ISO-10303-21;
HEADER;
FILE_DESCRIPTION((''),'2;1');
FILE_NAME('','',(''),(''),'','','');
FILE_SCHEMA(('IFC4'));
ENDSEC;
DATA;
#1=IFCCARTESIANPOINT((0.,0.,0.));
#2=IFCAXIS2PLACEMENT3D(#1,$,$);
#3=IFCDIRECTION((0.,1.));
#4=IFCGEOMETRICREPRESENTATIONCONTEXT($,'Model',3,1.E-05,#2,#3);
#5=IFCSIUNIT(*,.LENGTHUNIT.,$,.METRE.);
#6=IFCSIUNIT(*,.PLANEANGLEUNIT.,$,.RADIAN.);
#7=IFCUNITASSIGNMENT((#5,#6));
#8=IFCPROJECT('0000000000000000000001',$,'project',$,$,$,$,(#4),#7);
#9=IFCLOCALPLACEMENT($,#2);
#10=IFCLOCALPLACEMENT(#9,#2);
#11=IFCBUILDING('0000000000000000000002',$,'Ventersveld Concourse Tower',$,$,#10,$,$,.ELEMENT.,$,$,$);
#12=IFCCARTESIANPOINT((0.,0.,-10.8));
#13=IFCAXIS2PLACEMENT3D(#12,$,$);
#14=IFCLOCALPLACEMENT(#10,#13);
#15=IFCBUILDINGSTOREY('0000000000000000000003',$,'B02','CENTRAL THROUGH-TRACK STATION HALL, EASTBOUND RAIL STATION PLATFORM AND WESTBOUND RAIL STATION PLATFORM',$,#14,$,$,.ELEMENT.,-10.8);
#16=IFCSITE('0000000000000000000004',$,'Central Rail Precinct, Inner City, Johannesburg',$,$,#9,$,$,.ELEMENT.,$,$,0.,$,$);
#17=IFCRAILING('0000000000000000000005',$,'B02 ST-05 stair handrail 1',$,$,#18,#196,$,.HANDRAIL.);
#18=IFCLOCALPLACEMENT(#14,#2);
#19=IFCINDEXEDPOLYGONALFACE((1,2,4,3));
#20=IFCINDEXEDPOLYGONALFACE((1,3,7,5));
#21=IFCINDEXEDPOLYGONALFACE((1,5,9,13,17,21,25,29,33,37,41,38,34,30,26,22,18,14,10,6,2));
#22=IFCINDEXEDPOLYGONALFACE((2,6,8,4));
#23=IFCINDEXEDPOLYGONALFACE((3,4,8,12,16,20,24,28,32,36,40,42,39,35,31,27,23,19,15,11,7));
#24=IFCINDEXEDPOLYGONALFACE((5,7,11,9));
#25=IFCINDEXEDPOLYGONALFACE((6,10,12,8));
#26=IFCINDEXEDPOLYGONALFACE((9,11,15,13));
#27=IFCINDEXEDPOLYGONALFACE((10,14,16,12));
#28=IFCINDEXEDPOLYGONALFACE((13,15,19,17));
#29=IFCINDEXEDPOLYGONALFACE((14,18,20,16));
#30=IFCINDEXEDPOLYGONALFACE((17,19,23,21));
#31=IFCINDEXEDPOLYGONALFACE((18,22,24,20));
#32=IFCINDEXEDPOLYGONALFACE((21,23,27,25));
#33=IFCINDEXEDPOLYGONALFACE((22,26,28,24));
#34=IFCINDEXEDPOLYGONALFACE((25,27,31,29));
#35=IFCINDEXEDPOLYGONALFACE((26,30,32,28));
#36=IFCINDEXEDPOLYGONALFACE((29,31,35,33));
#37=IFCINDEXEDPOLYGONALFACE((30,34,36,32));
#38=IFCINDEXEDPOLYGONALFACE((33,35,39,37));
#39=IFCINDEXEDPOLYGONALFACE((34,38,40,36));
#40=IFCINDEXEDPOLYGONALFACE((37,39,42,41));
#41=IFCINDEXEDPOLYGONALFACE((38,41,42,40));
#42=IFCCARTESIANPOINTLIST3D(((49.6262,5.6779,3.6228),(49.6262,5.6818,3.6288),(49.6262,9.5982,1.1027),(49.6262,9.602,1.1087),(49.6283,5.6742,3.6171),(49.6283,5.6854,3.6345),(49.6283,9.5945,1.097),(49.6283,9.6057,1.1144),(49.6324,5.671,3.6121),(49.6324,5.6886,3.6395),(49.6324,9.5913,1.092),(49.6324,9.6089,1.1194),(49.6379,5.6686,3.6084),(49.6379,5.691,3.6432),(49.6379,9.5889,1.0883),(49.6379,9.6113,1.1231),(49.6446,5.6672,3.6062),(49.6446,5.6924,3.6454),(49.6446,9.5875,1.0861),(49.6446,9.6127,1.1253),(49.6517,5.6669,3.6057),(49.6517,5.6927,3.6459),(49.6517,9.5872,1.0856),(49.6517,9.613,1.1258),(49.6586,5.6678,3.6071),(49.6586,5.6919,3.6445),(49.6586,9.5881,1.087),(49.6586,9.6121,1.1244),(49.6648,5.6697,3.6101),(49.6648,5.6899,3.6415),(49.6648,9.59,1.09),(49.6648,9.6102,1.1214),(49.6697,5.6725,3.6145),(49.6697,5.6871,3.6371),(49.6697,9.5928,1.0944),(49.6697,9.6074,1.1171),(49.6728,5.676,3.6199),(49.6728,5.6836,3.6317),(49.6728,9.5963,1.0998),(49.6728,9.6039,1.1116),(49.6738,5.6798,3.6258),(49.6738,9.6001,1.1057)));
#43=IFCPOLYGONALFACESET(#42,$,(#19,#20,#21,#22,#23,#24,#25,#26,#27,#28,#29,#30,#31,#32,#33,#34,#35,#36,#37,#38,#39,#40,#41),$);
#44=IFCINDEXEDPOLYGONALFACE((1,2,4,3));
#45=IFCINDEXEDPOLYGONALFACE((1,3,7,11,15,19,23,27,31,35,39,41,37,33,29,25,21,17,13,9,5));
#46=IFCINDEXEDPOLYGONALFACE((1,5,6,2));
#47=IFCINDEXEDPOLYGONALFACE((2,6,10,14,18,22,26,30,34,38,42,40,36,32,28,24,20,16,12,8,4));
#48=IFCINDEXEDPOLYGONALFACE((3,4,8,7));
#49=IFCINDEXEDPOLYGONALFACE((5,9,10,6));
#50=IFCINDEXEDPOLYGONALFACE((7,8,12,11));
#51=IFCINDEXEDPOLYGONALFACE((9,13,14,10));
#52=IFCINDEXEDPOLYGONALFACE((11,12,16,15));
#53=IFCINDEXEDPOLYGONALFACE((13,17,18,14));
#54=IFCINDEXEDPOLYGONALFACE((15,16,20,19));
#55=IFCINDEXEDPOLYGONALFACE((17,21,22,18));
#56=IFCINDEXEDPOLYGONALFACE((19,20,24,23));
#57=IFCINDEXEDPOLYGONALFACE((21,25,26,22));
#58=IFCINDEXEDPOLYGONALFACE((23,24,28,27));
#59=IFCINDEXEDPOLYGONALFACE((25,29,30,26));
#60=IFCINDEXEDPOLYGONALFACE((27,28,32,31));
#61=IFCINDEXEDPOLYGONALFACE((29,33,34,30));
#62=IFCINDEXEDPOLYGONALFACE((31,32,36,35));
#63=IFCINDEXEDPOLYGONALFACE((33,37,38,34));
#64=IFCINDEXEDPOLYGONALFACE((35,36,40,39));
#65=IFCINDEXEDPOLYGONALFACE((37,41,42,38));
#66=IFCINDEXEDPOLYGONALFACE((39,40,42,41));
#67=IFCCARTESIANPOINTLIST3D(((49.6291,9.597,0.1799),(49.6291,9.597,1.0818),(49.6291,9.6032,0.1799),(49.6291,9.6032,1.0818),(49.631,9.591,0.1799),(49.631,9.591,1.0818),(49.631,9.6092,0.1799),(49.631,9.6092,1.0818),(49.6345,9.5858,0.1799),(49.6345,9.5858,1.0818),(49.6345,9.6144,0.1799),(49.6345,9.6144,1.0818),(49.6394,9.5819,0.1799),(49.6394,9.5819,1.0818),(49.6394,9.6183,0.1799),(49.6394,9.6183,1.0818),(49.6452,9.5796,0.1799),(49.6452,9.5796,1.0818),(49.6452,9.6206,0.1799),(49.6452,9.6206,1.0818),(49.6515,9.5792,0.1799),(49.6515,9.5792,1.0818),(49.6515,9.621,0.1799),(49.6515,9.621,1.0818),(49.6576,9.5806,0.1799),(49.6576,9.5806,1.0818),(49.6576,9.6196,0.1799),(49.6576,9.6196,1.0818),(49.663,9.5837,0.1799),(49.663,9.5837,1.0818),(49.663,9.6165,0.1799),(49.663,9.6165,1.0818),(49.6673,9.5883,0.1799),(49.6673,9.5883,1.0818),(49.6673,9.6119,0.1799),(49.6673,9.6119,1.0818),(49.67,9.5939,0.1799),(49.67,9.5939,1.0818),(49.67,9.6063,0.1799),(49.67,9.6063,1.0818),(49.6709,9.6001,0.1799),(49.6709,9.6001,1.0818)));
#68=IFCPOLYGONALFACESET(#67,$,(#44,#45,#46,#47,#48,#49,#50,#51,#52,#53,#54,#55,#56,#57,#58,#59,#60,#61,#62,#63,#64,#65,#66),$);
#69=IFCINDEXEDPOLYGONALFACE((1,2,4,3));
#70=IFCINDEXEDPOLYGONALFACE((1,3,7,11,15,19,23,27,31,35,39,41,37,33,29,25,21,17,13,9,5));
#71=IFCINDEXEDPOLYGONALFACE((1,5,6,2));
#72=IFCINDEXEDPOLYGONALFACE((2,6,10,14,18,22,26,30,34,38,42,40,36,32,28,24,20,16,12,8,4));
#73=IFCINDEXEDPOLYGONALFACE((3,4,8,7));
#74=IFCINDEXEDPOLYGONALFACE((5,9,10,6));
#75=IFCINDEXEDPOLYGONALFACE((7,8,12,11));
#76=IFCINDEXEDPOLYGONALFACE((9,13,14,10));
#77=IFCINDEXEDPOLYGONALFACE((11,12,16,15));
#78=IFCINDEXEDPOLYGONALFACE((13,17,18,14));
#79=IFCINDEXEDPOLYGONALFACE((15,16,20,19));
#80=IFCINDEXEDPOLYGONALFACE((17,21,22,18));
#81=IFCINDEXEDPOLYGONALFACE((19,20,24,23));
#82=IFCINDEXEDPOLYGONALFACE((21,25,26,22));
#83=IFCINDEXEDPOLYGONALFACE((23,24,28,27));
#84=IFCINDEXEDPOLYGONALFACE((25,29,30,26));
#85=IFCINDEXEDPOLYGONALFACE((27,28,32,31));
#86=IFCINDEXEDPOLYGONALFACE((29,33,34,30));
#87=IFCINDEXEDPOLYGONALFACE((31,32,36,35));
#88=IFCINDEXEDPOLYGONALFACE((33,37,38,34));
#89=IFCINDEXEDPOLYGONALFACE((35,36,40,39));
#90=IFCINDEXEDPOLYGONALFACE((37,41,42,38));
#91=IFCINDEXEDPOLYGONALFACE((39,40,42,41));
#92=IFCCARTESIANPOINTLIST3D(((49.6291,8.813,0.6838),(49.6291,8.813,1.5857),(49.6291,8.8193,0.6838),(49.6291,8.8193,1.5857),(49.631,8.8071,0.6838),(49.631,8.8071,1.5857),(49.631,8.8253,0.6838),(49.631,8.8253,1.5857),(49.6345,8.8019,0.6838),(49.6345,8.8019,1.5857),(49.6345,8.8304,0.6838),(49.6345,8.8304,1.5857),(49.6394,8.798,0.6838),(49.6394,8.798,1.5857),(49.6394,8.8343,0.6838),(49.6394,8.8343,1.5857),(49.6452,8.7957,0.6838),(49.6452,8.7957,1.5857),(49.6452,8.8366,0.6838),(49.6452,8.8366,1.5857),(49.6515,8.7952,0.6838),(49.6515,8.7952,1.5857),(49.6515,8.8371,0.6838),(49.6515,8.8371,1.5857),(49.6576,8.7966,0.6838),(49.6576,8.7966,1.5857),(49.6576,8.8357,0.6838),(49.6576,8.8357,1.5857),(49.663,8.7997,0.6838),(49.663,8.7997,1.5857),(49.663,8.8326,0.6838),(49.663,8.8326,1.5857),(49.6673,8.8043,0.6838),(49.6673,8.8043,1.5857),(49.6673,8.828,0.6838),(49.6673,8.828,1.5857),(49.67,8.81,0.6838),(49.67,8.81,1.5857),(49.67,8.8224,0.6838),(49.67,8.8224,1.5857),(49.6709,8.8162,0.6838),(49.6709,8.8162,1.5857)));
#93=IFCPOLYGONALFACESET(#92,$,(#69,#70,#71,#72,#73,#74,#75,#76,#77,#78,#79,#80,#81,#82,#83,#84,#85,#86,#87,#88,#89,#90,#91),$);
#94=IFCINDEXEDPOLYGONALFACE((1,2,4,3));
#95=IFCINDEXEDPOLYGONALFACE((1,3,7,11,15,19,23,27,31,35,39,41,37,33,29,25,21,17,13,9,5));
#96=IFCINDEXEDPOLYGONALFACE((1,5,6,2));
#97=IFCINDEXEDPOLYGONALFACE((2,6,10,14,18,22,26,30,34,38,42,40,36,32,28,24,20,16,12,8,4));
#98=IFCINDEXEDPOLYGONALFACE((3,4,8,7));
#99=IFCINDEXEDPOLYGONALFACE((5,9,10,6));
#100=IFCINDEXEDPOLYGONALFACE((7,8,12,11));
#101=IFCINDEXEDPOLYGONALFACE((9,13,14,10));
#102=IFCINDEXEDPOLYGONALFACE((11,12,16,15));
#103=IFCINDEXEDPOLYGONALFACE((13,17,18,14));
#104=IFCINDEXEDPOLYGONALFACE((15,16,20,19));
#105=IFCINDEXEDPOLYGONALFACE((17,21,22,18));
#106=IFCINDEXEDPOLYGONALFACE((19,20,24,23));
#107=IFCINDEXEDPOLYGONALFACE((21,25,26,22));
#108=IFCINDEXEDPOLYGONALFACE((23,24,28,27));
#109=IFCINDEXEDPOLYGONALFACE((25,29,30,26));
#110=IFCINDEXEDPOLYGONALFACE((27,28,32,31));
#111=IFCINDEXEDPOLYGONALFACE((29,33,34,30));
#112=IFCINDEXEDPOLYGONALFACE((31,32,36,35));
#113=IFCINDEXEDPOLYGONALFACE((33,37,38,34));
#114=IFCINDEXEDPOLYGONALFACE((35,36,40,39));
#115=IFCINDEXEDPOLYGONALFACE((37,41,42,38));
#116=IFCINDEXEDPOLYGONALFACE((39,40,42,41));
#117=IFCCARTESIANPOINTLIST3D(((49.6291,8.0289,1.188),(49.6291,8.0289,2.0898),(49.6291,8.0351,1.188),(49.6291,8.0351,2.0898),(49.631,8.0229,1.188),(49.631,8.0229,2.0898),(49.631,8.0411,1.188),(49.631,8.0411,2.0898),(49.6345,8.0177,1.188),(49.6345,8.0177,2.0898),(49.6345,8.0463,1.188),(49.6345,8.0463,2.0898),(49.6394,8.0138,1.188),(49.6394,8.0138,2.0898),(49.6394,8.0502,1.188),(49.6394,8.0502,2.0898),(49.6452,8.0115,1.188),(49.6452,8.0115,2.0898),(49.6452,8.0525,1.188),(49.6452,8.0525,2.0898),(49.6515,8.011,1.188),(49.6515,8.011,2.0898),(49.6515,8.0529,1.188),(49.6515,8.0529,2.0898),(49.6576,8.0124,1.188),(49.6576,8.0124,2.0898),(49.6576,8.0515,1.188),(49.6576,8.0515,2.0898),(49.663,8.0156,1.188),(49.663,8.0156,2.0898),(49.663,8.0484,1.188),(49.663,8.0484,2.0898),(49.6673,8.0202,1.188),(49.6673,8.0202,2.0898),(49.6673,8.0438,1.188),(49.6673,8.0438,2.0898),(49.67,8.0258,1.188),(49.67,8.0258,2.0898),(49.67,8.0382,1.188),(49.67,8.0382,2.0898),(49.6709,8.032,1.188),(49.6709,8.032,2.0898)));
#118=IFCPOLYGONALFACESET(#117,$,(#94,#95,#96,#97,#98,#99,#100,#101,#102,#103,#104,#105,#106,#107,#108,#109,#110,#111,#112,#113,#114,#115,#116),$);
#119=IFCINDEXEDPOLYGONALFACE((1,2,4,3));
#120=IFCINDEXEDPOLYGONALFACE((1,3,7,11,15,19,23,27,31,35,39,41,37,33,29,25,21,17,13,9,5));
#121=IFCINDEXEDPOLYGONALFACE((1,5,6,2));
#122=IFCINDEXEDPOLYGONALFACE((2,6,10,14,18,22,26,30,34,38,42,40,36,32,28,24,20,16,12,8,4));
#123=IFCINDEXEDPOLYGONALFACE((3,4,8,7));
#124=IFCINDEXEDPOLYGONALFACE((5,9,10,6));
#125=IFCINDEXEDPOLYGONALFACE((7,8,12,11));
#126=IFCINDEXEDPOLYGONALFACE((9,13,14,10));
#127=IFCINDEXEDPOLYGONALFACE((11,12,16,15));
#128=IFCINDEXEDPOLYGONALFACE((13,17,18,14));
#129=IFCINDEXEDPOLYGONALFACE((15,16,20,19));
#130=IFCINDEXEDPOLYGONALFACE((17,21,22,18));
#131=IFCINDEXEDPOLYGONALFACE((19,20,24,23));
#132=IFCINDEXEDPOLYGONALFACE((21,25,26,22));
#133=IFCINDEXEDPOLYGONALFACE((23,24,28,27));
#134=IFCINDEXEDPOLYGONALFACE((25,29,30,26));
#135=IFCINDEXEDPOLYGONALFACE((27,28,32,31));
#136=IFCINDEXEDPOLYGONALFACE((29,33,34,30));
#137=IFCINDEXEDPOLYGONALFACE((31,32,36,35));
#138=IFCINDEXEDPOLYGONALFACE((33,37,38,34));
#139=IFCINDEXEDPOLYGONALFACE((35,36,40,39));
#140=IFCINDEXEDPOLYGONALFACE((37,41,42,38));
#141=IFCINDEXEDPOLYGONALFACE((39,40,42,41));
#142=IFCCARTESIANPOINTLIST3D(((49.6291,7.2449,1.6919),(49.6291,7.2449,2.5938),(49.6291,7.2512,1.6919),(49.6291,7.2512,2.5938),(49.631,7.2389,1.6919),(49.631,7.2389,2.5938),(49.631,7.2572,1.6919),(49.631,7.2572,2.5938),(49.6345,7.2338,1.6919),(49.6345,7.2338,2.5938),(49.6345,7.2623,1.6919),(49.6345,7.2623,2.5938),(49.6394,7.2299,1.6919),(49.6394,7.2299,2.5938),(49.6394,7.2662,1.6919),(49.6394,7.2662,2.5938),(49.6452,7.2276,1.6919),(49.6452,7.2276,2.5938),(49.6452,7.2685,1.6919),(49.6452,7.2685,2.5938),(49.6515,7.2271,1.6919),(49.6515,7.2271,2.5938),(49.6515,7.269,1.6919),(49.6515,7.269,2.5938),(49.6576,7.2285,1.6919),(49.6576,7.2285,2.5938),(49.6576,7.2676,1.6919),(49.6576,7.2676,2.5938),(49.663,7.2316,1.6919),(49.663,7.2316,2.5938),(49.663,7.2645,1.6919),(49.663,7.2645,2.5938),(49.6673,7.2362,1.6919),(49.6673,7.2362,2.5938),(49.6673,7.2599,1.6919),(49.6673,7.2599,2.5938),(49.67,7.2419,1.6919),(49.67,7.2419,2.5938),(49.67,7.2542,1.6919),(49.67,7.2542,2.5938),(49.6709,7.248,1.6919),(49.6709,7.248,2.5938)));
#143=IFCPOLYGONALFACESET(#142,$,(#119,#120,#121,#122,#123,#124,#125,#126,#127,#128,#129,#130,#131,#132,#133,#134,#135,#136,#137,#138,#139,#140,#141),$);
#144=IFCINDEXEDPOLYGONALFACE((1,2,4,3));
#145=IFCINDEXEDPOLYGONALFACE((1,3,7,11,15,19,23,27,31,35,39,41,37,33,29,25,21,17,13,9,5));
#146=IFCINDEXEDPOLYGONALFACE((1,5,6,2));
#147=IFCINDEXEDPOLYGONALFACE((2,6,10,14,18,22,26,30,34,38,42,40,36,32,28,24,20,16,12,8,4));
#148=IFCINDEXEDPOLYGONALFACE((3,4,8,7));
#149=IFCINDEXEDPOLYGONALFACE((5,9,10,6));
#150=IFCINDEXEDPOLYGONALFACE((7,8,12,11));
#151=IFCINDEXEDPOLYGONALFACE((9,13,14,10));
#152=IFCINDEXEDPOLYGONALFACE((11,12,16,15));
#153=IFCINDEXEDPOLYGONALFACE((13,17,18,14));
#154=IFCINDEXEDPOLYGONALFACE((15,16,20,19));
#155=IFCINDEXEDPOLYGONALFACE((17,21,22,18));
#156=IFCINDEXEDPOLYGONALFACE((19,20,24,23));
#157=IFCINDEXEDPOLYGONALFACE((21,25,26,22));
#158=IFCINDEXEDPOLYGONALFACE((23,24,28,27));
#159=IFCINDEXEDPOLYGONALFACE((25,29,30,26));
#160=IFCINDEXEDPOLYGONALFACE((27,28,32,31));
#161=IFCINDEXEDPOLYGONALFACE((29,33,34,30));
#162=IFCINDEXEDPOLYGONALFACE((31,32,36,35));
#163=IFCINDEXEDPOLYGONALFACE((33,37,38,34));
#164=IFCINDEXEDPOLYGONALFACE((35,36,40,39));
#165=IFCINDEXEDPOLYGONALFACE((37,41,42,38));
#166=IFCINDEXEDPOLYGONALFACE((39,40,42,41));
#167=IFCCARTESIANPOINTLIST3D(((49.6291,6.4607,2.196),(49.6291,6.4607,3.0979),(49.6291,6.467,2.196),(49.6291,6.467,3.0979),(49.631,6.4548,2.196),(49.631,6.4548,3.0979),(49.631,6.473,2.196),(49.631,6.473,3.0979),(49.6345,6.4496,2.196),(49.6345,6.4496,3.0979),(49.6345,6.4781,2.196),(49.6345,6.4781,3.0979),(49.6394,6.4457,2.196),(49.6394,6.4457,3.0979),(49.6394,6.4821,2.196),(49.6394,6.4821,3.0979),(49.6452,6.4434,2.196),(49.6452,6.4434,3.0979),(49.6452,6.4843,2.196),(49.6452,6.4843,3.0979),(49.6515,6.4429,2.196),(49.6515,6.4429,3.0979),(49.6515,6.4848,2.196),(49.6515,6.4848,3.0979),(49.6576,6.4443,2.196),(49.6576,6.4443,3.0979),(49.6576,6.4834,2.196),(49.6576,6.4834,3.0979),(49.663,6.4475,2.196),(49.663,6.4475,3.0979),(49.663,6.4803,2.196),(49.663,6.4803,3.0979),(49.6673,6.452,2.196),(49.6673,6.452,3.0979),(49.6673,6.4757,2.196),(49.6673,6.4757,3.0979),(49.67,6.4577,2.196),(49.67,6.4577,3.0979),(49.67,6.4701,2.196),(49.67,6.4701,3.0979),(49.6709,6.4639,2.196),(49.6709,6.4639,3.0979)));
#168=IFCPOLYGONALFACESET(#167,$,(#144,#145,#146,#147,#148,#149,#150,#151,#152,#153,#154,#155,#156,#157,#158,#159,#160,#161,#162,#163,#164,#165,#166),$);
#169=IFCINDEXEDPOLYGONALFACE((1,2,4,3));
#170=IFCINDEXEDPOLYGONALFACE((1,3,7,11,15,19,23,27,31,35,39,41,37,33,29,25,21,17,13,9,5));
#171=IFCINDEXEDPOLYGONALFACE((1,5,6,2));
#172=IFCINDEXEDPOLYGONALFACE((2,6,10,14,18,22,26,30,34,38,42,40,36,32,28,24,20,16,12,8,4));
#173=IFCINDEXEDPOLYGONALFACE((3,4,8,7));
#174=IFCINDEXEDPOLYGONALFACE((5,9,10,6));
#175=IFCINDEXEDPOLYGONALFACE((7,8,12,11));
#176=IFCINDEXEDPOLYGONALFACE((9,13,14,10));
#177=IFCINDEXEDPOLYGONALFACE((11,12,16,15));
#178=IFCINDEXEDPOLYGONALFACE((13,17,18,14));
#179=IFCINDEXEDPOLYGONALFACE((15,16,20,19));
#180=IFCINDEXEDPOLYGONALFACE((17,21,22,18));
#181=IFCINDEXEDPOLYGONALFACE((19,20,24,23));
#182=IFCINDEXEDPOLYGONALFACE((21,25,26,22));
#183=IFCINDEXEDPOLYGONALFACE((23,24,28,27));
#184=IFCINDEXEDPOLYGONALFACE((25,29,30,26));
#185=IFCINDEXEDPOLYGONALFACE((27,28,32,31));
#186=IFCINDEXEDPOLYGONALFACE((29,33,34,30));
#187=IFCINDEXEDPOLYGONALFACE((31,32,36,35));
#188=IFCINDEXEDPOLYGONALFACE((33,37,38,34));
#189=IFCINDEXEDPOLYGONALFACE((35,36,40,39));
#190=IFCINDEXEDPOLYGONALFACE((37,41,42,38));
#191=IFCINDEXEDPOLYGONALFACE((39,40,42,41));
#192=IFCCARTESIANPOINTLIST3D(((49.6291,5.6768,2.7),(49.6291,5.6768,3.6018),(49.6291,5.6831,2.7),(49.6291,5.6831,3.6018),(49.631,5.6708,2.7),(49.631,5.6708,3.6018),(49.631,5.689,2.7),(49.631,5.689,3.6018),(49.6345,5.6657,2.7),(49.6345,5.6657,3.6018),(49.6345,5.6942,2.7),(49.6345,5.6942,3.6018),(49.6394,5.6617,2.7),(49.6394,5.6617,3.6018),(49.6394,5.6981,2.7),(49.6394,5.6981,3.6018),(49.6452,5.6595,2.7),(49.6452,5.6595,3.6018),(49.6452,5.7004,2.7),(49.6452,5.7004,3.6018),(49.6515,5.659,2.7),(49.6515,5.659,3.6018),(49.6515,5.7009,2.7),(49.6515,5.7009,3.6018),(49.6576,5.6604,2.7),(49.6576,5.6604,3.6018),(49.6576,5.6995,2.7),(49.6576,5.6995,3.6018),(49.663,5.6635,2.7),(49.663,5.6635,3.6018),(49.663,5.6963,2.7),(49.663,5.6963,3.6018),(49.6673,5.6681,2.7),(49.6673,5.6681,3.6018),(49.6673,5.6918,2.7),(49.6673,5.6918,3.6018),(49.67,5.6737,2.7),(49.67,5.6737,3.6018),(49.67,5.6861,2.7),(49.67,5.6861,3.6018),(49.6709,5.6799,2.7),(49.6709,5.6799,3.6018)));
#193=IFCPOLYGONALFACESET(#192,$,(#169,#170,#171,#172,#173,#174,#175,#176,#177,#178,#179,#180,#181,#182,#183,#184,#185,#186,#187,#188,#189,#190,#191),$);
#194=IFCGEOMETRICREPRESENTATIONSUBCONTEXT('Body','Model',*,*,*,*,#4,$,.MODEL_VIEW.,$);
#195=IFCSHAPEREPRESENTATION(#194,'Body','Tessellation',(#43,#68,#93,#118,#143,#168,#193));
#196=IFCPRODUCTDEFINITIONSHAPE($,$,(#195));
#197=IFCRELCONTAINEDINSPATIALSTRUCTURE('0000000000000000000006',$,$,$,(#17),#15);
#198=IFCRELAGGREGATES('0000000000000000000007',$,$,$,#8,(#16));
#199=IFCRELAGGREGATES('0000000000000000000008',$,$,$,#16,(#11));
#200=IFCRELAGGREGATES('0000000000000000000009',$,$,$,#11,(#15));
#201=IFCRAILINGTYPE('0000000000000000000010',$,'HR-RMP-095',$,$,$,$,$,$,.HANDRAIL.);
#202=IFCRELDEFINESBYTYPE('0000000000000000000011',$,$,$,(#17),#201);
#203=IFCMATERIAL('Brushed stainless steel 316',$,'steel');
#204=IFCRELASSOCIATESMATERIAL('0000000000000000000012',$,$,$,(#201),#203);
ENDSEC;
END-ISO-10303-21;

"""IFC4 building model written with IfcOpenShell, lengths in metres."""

from ifc_helpers import new_model, si_unit, direction, frame, origin, origin_2d, place, context, subcontext, project, spatial, circle, extrude, material, type_object, element, save


model = new_model("IFC4")

# Units and contexts
model_context = context("Model", 3, precision=1e-05, world=origin(), true_north=direction((0.0, 1.0)))
body_context = subcontext(model_context, "Body", "Model", "MODEL_VIEW")
ifc_project = project(units=[si_unit("LENGTHUNIT", "METRE"), si_unit("PLANEANGLEUNIT", "RADIAN")], contexts=[model_context])

# Site, building, storey
site_placement = place(None, origin())
site = spatial("IfcSite", under=ifc_project, at=site_placement, Name="Central Rail Precinct, Inner City, Johannesburg", CompositionType="ELEMENT", RefElevation=0.0)
building_placement = place(site_placement, origin())
building = spatial("IfcBuilding", under=site, at=building_placement, Name="Ventersveld Concourse Tower", CompositionType="ELEMENT")
storey_placement = place(building_placement, frame((0.0, 0.0, -10.8)))
storey = spatial("IfcBuildingStorey", under=building, at=storey_placement, Name="B02", Description="CENTRAL THROUGH-TRACK STATION HALL, EASTBOUND RAIL STATION PLATFORM AND WESTBOUND RAIL STATION PLATFORM", CompositionType="ELEMENT", Elevation=-10.8)

# Railing
ifc_material_1 = material(Name="Brushed stainless steel 316", Category="steel")
railing_type_1 = type_object("IfcRailingType", Name="HR-RMP-095", PredefinedType="HANDRAIL", material=ifc_material_1)
railing_1_placement = place(storey_placement, frame((49.6499, 9.6001, 0.1799)))
element("IfcRailing", 1, at=railing_1_placement, inside=storey, type_object=railing_type_1, Name="B02 ST-05 stair handrail 1", PredefinedType="HANDRAIL", context=body_context, shape_type="SweptSolid", body=[
    extrude(circle(Radius=0.0239, at=origin_2d()), frame((0.0, 0.0, 0.9258), z_axis=(0.0, -0.841187, 0.540744), x_axis=(1.0, 0.0, 0.0)), (0.0, 0.0, 1.0), 4.6604),
    extrude(circle(Radius=0.021, at=origin_2d()), origin(), (0.0, 0.0, 1.0), 0.9019),
    extrude(circle(Radius=0.021, at=origin_2d()), frame((0.0, -0.7839, 0.5039)), (0.0, 0.0, 1.0), 0.9019),
    extrude(circle(Radius=0.021, at=origin_2d()), frame((0.0, -1.5681, 1.0081)), (0.0, 0.0, 1.0), 0.9019),
    extrude(circle(Radius=0.021, at=origin_2d()), frame((0.0, -2.3521, 1.512)), (0.0, 0.0, 1.0), 0.9019),
    extrude(circle(Radius=0.021, at=origin_2d()), frame((0.0, -3.1362, 2.0161)), (0.0, 0.0, 1.0), 0.9019),
    extrude(circle(Radius=0.021, at=origin_2d()), frame((0.0, -3.9202, 2.52)), (0.0, 0.0, 1.0), 0.9019),
])

save(model, "model.ifc")
